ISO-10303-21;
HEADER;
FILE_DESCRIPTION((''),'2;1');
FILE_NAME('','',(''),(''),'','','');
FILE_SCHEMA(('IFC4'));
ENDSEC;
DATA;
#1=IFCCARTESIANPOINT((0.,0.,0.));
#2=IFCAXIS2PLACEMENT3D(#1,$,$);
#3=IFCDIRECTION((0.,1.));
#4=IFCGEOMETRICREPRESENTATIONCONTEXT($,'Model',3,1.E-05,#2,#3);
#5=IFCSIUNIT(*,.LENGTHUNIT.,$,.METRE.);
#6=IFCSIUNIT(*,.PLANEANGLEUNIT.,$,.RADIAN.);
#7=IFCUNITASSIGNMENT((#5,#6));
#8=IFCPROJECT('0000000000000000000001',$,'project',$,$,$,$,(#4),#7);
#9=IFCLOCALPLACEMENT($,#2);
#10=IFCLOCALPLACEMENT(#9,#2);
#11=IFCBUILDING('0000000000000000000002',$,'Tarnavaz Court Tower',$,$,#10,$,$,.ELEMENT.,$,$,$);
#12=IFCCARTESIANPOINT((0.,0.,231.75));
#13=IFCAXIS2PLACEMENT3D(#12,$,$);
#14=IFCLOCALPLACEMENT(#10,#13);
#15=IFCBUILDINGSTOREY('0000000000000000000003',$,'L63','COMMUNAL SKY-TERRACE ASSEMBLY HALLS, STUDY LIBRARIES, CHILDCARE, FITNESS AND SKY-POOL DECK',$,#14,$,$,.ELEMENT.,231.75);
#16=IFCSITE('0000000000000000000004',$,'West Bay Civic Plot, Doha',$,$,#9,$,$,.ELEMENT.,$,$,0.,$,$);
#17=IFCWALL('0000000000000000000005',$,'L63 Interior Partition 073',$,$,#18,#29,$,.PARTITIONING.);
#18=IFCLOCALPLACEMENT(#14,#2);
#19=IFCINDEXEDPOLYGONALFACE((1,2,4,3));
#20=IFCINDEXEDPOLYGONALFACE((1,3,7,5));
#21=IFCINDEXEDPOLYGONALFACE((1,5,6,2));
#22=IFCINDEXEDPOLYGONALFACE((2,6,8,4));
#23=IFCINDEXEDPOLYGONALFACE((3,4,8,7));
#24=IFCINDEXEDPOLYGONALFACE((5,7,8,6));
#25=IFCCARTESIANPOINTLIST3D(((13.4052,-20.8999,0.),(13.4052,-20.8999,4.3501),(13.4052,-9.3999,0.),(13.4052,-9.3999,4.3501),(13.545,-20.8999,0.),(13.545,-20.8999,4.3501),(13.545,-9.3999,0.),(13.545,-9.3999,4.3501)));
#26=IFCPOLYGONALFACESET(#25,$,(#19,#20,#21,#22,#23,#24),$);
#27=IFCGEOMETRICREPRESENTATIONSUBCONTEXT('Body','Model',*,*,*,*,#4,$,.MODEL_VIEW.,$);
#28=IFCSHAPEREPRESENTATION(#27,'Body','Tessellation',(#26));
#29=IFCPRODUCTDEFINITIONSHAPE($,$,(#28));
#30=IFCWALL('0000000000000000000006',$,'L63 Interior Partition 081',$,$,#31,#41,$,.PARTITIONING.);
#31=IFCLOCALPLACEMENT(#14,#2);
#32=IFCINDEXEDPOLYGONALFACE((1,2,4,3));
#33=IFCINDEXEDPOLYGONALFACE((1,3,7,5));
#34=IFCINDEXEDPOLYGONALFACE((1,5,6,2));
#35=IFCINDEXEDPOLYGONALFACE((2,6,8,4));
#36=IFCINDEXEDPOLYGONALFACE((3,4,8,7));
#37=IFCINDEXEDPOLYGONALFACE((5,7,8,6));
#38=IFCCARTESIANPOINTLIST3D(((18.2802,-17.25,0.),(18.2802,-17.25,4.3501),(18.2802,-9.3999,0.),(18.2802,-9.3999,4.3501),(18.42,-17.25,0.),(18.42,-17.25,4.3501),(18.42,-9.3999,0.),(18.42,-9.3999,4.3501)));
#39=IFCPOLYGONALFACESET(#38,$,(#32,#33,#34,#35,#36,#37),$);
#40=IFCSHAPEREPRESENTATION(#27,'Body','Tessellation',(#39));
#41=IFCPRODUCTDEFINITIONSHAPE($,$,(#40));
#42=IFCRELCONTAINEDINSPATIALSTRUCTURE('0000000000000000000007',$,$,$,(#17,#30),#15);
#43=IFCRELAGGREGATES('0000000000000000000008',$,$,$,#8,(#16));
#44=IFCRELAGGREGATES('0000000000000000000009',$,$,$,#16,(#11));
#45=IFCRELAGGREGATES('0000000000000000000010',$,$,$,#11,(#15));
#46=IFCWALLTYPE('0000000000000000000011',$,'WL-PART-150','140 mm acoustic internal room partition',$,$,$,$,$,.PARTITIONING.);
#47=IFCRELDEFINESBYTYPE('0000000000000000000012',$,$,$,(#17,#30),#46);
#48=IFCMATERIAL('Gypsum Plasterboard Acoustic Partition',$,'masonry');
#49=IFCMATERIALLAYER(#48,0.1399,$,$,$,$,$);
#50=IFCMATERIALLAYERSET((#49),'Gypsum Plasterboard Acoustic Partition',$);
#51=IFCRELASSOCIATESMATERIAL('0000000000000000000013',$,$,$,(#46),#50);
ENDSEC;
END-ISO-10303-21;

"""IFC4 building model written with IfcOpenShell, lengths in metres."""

from ifc_helpers import new_model, si_unit, direction, frame, frame_2d, origin, place, context, subcontext, project, spatial, rectangle, extrude, material, layer, layer_set, type_object, element, save


model = new_model("IFC4")

# Units and contexts
model_context = context("Model", 3, precision=1e-05, world=origin(), true_north=direction((0.0, 1.0)))
body_context = subcontext(model_context, "Body", "Model", "MODEL_VIEW")
ifc_project = project(units=[si_unit("LENGTHUNIT", "METRE"), si_unit("PLANEANGLEUNIT", "RADIAN")], contexts=[model_context])

# Site, building, storey
site_placement = place(None, origin())
site = spatial("IfcSite", under=ifc_project, at=site_placement, Name="West Bay Civic Plot, Doha", CompositionType="ELEMENT", RefElevation=0.0)
building_placement = place(site_placement, origin())
building = spatial("IfcBuilding", under=site, at=building_placement, Name="Tarnavaz Court Tower", CompositionType="ELEMENT")
storey_placement = place(building_placement, frame((0.0, 0.0, 231.75)))
storey = spatial("IfcBuildingStorey", under=building, at=storey_placement, Name="L63", Description="COMMUNAL SKY-TERRACE ASSEMBLY HALLS, STUDY LIBRARIES, CHILDCARE, FITNESS AND SKY-POOL DECK", CompositionType="ELEMENT", Elevation=231.75)

# Walls
ifc_material_1 = material(Name="Gypsum Plasterboard Acoustic Partition", Category="masonry")
ifc_layer_1 = layer(ifc_material_1, 0.1399)
ifc_layer_set_1 = layer_set([ifc_layer_1], Name="Gypsum Plasterboard Acoustic Partition")
wall_type_1 = type_object("IfcWallType", Name="WL-PART-150", Description="140 mm acoustic internal room partition", PredefinedType="PARTITIONING", material=ifc_layer_set_1)
wall_1_placement = place(storey_placement, frame((13.4751, -20.8999, 0.0), z_axis=(0.0, 0.0, 1.0), x_axis=(0.0, 1.0, 0.0)))
element("IfcWall", 1, at=wall_1_placement, inside=storey, type_object=wall_type_1, Name="L63 Interior Partition 073", PredefinedType="PARTITIONING", context=body_context, shape_type="SweptSolid", body=[
    extrude(rectangle(XDim=11.5, YDim=0.1399, at=frame_2d((5.75, 0.0))), origin(), (0.0, 0.0, 1.0), 4.3501),
])
wall_2_placement = place(storey_placement, frame((18.3501, -17.25, 0.0), z_axis=(0.0, 0.0, 1.0), x_axis=(0.0, 1.0, 0.0)))
element("IfcWall", 2, at=wall_2_placement, inside=storey, type_object=wall_type_1, Name="L63 Interior Partition 081", PredefinedType="PARTITIONING", context=body_context, shape_type="SweptSolid", body=[
    extrude(rectangle(XDim=7.8501, YDim=0.1399, at=frame_2d((3.925, 0.0))), origin(), (0.0, 0.0, 1.0), 4.3501),
])

save(model, "model.ifc")
